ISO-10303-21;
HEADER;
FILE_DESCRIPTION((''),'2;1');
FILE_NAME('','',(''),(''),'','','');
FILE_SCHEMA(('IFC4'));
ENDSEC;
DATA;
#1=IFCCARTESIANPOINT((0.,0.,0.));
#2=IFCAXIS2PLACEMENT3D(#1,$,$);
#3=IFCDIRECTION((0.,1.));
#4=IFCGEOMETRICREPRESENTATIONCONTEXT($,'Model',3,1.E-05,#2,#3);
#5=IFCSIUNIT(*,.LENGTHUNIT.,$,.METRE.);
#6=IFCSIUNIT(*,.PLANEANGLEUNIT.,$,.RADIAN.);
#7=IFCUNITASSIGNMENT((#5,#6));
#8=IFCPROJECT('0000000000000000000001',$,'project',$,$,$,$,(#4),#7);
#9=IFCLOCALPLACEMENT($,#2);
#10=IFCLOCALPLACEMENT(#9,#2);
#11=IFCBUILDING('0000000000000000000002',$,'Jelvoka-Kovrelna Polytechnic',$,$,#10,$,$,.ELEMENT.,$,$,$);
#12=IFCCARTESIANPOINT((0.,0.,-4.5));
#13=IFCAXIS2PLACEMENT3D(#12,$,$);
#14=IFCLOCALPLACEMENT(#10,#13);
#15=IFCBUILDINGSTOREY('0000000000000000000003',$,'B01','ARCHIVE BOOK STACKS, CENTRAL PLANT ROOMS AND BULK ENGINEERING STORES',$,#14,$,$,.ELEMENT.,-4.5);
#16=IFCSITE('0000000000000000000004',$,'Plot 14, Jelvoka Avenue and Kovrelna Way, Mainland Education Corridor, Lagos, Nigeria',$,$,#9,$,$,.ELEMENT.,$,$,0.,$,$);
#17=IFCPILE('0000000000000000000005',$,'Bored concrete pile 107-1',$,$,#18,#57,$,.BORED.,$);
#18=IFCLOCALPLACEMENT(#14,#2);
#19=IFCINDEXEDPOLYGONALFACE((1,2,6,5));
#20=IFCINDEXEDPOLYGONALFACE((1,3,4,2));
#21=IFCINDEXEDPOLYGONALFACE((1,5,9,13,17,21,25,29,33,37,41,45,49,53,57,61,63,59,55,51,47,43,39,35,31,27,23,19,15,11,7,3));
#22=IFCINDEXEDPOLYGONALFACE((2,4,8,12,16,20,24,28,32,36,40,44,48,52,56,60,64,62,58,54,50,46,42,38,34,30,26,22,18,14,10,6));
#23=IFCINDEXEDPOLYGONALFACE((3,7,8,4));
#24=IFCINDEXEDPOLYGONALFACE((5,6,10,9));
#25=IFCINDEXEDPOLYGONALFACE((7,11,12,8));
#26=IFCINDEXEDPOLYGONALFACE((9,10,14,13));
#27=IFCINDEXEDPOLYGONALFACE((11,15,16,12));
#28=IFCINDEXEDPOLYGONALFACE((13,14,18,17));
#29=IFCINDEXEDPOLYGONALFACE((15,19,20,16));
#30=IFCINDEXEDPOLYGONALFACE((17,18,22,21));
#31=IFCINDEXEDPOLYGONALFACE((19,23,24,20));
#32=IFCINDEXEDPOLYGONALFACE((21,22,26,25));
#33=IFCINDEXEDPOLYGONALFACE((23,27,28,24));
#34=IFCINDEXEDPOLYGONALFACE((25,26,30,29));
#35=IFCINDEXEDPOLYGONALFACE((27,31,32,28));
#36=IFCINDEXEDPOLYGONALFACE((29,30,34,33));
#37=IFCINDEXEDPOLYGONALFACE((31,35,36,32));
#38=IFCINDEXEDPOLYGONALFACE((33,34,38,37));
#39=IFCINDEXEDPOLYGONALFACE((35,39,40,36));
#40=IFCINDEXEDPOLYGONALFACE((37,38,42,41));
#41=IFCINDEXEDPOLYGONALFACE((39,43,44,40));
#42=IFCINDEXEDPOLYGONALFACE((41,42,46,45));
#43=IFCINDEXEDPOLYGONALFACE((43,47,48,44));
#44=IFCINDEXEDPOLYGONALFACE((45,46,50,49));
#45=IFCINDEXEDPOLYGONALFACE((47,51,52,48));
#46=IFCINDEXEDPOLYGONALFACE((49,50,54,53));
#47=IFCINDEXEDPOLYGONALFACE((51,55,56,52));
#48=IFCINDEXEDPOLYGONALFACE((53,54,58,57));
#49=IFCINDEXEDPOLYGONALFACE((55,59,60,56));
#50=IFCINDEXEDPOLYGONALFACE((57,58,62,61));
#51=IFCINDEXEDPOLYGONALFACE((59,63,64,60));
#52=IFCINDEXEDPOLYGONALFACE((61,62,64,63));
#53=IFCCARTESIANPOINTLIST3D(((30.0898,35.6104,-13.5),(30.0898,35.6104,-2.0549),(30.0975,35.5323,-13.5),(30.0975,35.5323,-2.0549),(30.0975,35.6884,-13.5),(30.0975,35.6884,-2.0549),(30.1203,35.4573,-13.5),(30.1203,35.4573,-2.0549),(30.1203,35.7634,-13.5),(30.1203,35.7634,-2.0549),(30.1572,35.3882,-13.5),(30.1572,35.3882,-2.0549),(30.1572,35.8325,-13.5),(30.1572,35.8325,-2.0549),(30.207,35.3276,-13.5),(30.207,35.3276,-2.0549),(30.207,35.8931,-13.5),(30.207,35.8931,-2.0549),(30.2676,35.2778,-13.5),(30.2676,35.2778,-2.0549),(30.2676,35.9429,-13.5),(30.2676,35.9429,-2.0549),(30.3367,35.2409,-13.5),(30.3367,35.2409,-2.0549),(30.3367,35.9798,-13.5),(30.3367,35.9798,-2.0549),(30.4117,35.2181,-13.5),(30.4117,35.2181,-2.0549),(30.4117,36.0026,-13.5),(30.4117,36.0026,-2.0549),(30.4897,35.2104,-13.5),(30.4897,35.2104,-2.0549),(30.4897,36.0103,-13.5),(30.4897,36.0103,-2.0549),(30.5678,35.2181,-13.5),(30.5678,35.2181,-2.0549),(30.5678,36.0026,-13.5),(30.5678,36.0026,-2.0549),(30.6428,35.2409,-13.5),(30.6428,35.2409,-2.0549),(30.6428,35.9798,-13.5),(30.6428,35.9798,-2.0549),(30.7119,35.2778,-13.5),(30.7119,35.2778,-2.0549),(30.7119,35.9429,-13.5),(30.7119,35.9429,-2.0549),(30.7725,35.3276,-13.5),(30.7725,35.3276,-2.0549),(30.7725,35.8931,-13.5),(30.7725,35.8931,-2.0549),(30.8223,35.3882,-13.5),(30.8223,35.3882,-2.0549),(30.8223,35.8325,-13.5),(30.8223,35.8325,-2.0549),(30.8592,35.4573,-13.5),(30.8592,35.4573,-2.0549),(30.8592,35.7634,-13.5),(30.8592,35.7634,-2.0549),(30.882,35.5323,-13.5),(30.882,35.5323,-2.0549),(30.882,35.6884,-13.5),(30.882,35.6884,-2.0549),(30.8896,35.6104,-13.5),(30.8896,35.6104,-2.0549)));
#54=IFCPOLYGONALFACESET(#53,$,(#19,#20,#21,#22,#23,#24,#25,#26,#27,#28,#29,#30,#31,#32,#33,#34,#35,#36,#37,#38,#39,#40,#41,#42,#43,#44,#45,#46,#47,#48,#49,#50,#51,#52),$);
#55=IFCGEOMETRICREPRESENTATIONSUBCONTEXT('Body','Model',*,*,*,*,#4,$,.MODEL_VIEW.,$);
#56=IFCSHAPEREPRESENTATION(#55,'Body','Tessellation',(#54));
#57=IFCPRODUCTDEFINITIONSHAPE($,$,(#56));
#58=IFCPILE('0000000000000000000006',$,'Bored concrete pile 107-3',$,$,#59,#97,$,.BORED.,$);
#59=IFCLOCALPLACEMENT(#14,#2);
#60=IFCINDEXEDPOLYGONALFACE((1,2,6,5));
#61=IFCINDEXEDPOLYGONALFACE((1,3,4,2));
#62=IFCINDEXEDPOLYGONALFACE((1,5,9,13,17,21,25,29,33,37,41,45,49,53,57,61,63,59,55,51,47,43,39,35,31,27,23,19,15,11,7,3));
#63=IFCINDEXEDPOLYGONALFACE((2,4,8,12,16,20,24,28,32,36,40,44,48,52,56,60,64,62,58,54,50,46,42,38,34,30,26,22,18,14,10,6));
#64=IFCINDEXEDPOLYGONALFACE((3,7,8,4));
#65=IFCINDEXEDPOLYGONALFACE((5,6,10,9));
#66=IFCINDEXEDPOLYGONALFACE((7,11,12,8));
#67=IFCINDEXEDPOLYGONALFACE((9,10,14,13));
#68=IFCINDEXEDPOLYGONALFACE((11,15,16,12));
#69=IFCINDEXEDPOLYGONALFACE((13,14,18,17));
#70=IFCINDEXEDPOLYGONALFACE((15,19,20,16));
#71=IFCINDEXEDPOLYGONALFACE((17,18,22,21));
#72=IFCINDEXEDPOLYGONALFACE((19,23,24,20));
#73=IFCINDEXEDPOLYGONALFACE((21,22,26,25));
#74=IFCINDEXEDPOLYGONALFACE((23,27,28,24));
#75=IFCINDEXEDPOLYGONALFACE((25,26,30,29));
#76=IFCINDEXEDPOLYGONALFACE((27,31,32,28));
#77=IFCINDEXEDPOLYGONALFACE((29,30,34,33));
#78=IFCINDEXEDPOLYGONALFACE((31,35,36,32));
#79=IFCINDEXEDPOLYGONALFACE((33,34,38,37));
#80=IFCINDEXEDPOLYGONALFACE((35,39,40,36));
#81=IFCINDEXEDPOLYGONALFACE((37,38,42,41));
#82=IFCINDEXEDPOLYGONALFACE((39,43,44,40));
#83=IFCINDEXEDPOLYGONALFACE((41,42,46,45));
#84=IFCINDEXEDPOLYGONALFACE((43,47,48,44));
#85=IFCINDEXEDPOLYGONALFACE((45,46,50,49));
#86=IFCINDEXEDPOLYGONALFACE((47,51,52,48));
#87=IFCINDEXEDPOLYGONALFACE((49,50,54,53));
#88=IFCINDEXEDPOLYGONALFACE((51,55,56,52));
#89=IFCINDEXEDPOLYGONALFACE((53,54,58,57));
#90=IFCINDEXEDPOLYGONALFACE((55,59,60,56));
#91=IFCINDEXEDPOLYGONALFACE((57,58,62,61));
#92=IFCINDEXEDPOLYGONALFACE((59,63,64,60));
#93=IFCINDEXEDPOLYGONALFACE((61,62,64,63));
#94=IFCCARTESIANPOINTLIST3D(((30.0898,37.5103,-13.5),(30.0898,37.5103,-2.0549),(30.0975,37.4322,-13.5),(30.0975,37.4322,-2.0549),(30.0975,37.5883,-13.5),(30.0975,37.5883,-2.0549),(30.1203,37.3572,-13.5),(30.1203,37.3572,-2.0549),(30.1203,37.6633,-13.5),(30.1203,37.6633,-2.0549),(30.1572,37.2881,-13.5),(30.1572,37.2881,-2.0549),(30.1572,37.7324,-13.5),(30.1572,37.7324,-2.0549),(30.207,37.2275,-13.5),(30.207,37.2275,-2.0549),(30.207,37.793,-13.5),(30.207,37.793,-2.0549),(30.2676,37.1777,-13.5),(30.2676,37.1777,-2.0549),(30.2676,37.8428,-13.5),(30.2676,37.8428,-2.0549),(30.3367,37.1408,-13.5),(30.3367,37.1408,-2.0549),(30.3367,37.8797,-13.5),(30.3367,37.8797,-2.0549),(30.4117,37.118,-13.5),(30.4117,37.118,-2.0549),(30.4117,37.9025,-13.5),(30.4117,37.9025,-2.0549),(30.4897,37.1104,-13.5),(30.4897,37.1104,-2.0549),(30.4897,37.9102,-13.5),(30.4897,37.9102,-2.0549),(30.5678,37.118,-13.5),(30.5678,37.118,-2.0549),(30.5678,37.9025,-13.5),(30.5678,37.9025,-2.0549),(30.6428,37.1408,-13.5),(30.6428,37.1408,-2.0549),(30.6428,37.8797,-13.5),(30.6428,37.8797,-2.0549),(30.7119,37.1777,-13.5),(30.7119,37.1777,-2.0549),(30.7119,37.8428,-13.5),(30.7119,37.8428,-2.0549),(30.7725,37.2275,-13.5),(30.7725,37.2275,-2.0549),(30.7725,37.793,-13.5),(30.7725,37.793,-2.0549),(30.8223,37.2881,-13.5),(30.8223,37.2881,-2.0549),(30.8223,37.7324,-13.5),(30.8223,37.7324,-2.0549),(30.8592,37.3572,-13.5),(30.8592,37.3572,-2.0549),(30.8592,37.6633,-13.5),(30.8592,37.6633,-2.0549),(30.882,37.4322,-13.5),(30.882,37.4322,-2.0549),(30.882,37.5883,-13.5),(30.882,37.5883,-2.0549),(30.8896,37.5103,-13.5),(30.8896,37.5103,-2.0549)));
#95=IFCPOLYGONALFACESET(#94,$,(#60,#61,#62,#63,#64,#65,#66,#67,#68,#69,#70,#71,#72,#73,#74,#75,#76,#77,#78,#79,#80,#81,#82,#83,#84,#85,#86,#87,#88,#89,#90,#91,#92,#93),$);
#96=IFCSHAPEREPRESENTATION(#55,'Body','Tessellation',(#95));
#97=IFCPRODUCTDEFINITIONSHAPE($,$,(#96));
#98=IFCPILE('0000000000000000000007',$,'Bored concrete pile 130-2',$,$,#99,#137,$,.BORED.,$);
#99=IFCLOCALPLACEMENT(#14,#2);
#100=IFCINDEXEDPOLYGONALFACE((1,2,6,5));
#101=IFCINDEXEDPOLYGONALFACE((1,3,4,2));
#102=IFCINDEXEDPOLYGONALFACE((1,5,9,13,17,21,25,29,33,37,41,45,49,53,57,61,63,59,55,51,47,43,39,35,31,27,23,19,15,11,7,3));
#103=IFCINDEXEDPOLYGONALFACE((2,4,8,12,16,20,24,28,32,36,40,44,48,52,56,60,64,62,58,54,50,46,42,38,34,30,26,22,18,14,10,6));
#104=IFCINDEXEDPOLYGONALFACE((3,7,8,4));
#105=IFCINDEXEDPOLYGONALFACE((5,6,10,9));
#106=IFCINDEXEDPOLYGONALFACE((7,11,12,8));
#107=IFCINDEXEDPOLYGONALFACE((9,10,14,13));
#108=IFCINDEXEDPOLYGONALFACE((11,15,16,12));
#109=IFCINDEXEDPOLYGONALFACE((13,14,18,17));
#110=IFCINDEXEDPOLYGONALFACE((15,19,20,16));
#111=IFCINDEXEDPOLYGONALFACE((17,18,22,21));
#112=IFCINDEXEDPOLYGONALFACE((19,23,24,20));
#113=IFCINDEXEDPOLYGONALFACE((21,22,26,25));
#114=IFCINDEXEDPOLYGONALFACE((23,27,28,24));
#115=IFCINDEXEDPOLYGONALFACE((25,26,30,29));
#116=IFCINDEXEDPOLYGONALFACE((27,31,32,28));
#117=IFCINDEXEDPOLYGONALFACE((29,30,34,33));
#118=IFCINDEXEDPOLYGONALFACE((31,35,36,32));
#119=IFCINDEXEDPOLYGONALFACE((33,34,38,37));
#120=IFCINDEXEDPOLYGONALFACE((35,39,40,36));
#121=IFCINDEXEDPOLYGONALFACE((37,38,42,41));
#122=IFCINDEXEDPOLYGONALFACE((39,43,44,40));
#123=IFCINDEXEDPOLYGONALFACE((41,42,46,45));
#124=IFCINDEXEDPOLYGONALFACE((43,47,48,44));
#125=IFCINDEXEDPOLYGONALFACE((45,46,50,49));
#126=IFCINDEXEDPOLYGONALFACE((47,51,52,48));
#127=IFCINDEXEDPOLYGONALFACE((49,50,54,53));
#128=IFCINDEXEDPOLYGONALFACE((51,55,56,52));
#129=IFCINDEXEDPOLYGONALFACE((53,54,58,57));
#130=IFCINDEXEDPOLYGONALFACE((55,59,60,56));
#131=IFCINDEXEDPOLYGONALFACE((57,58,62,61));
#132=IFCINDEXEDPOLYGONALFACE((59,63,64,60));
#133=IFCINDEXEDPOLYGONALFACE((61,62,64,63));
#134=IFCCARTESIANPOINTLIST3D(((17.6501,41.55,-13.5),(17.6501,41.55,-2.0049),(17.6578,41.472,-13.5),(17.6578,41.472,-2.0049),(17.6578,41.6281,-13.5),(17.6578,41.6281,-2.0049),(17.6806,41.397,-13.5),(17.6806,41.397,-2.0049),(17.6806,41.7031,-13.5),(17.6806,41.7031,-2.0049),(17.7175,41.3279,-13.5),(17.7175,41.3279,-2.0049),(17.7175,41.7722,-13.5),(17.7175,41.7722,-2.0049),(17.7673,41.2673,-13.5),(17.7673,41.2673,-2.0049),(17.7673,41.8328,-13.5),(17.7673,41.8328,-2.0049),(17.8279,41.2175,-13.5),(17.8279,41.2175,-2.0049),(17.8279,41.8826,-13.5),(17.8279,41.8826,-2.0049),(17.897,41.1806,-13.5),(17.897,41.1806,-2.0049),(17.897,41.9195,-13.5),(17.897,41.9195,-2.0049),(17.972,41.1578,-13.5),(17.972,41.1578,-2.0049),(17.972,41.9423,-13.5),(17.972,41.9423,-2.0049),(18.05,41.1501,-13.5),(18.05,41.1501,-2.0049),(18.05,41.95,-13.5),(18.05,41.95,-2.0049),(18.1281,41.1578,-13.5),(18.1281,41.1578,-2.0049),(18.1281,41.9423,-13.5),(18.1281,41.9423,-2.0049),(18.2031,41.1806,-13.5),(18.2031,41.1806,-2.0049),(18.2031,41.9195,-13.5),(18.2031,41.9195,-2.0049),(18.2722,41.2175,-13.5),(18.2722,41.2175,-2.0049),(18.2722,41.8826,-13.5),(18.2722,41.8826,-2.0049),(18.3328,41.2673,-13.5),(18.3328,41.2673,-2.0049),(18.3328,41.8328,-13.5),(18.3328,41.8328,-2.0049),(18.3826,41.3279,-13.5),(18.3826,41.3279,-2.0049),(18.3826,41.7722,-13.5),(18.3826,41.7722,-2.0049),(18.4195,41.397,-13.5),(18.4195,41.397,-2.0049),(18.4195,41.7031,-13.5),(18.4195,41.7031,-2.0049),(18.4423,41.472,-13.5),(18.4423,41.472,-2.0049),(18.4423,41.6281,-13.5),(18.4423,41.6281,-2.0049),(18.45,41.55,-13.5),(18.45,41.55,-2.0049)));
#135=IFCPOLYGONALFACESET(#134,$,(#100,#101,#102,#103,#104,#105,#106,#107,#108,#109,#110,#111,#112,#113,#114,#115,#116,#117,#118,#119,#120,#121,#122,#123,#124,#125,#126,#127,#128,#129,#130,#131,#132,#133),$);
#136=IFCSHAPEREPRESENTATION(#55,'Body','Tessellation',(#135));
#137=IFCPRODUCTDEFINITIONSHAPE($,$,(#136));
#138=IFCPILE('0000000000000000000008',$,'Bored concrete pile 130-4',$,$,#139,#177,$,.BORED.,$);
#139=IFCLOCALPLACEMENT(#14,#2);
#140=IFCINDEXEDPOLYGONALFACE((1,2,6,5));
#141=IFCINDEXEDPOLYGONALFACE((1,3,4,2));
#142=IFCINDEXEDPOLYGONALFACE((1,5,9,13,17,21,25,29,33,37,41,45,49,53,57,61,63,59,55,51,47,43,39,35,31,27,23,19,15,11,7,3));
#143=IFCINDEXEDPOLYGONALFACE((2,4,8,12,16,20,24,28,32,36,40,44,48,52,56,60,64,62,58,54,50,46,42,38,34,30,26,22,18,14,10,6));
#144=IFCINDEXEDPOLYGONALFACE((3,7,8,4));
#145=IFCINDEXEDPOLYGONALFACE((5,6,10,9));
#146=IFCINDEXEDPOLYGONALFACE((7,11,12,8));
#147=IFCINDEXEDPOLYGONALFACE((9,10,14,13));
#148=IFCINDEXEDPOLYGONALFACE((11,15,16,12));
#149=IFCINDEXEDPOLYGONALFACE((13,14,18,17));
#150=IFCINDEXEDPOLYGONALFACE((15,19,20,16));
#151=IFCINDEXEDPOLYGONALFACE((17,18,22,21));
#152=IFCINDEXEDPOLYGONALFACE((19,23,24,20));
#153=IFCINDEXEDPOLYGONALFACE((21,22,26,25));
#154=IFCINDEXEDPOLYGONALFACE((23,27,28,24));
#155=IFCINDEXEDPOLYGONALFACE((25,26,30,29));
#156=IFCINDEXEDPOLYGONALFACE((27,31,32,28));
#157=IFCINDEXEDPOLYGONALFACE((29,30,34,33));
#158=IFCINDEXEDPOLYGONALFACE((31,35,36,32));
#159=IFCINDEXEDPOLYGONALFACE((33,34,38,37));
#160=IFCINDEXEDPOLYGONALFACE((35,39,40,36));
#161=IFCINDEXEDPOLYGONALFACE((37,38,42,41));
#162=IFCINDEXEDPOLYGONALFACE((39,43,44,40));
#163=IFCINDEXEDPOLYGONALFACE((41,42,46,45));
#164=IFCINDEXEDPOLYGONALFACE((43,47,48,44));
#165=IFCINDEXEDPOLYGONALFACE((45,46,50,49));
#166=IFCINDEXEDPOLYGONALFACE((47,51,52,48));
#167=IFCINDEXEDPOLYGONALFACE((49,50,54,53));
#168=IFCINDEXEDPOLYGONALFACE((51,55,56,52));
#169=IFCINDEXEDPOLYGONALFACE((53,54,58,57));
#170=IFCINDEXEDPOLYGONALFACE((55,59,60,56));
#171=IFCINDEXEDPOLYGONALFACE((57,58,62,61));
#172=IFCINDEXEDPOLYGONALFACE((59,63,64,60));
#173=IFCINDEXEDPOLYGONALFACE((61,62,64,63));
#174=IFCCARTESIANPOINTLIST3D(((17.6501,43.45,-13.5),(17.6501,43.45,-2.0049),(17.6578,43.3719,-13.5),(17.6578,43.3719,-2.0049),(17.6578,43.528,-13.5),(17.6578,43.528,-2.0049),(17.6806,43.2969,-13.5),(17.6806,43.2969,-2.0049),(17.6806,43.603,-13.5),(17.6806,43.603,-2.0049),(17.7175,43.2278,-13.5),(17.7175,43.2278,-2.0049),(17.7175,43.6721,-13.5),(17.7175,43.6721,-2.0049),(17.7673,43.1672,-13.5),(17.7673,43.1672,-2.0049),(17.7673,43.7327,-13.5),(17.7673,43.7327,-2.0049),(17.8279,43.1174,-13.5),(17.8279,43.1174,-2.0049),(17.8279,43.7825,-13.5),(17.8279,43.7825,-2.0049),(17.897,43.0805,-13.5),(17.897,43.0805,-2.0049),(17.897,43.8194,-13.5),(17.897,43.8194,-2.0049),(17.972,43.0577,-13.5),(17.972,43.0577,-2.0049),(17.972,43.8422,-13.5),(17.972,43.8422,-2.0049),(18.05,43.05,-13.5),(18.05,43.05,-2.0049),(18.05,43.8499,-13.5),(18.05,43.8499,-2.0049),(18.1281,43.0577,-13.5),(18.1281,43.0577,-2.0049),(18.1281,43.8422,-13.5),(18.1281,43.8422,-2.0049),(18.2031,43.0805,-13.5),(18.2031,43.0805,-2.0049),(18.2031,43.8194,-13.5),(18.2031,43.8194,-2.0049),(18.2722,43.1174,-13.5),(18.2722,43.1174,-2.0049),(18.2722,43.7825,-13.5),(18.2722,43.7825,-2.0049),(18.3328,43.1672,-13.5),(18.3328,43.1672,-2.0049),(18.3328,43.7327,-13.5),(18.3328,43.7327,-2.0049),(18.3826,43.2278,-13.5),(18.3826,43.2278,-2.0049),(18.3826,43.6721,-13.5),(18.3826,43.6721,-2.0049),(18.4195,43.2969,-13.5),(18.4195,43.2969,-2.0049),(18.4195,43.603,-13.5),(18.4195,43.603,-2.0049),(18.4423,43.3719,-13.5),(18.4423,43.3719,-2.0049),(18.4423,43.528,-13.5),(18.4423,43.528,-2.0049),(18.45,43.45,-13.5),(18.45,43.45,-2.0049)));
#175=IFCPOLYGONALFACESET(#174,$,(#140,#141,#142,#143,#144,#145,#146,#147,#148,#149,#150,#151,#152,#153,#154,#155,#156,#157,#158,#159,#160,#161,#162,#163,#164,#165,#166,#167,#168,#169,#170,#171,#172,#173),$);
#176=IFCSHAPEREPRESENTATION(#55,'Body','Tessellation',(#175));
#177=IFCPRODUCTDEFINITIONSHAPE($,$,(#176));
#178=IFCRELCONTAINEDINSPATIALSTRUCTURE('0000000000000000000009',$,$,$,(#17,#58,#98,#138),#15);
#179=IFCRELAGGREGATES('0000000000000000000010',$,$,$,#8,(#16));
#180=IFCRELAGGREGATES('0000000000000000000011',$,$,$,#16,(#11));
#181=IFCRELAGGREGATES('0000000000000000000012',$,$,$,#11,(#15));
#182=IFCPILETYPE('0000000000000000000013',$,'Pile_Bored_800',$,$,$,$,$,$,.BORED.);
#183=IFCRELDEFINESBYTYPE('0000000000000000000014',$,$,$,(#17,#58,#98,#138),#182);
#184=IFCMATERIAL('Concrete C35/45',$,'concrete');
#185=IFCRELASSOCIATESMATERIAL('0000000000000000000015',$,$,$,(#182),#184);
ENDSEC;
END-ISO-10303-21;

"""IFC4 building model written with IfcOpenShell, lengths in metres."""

from ifc_helpers import new_model, si_unit, direction, frame, origin, origin_2d, place, context, subcontext, project, spatial, circle, extrude, material, material_profile, profile_set, type_object, element, save


model = new_model("IFC4")

# Units and contexts
model_context = context("Model", 3, precision=1e-05, world=origin(), true_north=direction((0.0, 1.0)))
body_context = subcontext(model_context, "Body", "Model", "MODEL_VIEW")
ifc_project = project(units=[si_unit("LENGTHUNIT", "METRE"), si_unit("PLANEANGLEUNIT", "RADIAN")], contexts=[model_context])

# Site, building, storey
site_placement = place(None, origin())
site = spatial("IfcSite", under=ifc_project, at=site_placement, Name="Plot 14, Jelvoka Avenue and Kovrelna Way, Mainland Education Corridor, Lagos, Nigeria", CompositionType="ELEMENT", RefElevation=0.0)
building_placement = place(site_placement, origin())
building = spatial("IfcBuilding", under=site, at=building_placement, Name="Jelvoka-Kovrelna Polytechnic", CompositionType="ELEMENT")
storey_placement = place(building_placement, frame((0.0, 0.0, -4.5)))
storey = spatial("IfcBuildingStorey", under=building, at=storey_placement, Name="B01", Description="ARCHIVE BOOK STACKS, CENTRAL PLANT ROOMS AND BULK ENGINEERING STORES", CompositionType="ELEMENT", Elevation=-4.5)

# Piles
ifc_material_1 = material(Name="Concrete C35/45", Category="concrete")
ifc_material_profile_1 = material_profile(ifc_material_1, circle(Radius=0.3999, at=origin_2d()), Name="PILE D800")
ifc_profile_set_1 = profile_set([ifc_material_profile_1], Name="Concrete C35/45")
pile_type = type_object("IfcPileType", Name="Pile_Bored_800", PredefinedType="BORED", material=ifc_profile_set_1)
for number, where, z_axis, x_axis, name in (
    (1, (30.4897, 35.6104, -2.0549), (0.0, 0.0, -1.0), (1.0, 0.0, 0.0), "Bored concrete pile 107-1"),
    (2, (30.4897, 37.5103, -2.0549), (0.0, 0.0, -1.0), (1.0, 0.0, 0.0), "Bored concrete pile 107-3"),
):
    element("IfcPile", number, at=place(storey_placement, frame(where, z_axis=z_axis, x_axis=x_axis)), inside=storey, type_object=pile_type, Name=name, PredefinedType="BORED", context=body_context, shape_type="SweptSolid", body=[
        extrude(circle(Radius=0.3999, at=origin_2d()), origin(), (0.0, 0.0, 1.0), 11.4451),
    ])
for number, where, z_axis, x_axis, name in (
    (3, (18.05, 41.55, -2.0049), (0.0, 0.0, -1.0), (1.0, 0.0, 0.0), "Bored concrete pile 130-2"),
    (4, (18.05, 43.45, -2.0049), (0.0, 0.0, -1.0), (1.0, 0.0, 0.0), "Bored concrete pile 130-4"),
):
    element("IfcPile", number, at=place(storey_placement, frame(where, z_axis=z_axis, x_axis=x_axis)), inside=storey, type_object=pile_type, Name=name, PredefinedType="BORED", context=body_context, shape_type="SweptSolid", body=[
        extrude(circle(Radius=0.3999, at=origin_2d()), origin(), (0.0, 0.0, 1.0), 11.4951),
    ])

save(model, "model.ifc")
